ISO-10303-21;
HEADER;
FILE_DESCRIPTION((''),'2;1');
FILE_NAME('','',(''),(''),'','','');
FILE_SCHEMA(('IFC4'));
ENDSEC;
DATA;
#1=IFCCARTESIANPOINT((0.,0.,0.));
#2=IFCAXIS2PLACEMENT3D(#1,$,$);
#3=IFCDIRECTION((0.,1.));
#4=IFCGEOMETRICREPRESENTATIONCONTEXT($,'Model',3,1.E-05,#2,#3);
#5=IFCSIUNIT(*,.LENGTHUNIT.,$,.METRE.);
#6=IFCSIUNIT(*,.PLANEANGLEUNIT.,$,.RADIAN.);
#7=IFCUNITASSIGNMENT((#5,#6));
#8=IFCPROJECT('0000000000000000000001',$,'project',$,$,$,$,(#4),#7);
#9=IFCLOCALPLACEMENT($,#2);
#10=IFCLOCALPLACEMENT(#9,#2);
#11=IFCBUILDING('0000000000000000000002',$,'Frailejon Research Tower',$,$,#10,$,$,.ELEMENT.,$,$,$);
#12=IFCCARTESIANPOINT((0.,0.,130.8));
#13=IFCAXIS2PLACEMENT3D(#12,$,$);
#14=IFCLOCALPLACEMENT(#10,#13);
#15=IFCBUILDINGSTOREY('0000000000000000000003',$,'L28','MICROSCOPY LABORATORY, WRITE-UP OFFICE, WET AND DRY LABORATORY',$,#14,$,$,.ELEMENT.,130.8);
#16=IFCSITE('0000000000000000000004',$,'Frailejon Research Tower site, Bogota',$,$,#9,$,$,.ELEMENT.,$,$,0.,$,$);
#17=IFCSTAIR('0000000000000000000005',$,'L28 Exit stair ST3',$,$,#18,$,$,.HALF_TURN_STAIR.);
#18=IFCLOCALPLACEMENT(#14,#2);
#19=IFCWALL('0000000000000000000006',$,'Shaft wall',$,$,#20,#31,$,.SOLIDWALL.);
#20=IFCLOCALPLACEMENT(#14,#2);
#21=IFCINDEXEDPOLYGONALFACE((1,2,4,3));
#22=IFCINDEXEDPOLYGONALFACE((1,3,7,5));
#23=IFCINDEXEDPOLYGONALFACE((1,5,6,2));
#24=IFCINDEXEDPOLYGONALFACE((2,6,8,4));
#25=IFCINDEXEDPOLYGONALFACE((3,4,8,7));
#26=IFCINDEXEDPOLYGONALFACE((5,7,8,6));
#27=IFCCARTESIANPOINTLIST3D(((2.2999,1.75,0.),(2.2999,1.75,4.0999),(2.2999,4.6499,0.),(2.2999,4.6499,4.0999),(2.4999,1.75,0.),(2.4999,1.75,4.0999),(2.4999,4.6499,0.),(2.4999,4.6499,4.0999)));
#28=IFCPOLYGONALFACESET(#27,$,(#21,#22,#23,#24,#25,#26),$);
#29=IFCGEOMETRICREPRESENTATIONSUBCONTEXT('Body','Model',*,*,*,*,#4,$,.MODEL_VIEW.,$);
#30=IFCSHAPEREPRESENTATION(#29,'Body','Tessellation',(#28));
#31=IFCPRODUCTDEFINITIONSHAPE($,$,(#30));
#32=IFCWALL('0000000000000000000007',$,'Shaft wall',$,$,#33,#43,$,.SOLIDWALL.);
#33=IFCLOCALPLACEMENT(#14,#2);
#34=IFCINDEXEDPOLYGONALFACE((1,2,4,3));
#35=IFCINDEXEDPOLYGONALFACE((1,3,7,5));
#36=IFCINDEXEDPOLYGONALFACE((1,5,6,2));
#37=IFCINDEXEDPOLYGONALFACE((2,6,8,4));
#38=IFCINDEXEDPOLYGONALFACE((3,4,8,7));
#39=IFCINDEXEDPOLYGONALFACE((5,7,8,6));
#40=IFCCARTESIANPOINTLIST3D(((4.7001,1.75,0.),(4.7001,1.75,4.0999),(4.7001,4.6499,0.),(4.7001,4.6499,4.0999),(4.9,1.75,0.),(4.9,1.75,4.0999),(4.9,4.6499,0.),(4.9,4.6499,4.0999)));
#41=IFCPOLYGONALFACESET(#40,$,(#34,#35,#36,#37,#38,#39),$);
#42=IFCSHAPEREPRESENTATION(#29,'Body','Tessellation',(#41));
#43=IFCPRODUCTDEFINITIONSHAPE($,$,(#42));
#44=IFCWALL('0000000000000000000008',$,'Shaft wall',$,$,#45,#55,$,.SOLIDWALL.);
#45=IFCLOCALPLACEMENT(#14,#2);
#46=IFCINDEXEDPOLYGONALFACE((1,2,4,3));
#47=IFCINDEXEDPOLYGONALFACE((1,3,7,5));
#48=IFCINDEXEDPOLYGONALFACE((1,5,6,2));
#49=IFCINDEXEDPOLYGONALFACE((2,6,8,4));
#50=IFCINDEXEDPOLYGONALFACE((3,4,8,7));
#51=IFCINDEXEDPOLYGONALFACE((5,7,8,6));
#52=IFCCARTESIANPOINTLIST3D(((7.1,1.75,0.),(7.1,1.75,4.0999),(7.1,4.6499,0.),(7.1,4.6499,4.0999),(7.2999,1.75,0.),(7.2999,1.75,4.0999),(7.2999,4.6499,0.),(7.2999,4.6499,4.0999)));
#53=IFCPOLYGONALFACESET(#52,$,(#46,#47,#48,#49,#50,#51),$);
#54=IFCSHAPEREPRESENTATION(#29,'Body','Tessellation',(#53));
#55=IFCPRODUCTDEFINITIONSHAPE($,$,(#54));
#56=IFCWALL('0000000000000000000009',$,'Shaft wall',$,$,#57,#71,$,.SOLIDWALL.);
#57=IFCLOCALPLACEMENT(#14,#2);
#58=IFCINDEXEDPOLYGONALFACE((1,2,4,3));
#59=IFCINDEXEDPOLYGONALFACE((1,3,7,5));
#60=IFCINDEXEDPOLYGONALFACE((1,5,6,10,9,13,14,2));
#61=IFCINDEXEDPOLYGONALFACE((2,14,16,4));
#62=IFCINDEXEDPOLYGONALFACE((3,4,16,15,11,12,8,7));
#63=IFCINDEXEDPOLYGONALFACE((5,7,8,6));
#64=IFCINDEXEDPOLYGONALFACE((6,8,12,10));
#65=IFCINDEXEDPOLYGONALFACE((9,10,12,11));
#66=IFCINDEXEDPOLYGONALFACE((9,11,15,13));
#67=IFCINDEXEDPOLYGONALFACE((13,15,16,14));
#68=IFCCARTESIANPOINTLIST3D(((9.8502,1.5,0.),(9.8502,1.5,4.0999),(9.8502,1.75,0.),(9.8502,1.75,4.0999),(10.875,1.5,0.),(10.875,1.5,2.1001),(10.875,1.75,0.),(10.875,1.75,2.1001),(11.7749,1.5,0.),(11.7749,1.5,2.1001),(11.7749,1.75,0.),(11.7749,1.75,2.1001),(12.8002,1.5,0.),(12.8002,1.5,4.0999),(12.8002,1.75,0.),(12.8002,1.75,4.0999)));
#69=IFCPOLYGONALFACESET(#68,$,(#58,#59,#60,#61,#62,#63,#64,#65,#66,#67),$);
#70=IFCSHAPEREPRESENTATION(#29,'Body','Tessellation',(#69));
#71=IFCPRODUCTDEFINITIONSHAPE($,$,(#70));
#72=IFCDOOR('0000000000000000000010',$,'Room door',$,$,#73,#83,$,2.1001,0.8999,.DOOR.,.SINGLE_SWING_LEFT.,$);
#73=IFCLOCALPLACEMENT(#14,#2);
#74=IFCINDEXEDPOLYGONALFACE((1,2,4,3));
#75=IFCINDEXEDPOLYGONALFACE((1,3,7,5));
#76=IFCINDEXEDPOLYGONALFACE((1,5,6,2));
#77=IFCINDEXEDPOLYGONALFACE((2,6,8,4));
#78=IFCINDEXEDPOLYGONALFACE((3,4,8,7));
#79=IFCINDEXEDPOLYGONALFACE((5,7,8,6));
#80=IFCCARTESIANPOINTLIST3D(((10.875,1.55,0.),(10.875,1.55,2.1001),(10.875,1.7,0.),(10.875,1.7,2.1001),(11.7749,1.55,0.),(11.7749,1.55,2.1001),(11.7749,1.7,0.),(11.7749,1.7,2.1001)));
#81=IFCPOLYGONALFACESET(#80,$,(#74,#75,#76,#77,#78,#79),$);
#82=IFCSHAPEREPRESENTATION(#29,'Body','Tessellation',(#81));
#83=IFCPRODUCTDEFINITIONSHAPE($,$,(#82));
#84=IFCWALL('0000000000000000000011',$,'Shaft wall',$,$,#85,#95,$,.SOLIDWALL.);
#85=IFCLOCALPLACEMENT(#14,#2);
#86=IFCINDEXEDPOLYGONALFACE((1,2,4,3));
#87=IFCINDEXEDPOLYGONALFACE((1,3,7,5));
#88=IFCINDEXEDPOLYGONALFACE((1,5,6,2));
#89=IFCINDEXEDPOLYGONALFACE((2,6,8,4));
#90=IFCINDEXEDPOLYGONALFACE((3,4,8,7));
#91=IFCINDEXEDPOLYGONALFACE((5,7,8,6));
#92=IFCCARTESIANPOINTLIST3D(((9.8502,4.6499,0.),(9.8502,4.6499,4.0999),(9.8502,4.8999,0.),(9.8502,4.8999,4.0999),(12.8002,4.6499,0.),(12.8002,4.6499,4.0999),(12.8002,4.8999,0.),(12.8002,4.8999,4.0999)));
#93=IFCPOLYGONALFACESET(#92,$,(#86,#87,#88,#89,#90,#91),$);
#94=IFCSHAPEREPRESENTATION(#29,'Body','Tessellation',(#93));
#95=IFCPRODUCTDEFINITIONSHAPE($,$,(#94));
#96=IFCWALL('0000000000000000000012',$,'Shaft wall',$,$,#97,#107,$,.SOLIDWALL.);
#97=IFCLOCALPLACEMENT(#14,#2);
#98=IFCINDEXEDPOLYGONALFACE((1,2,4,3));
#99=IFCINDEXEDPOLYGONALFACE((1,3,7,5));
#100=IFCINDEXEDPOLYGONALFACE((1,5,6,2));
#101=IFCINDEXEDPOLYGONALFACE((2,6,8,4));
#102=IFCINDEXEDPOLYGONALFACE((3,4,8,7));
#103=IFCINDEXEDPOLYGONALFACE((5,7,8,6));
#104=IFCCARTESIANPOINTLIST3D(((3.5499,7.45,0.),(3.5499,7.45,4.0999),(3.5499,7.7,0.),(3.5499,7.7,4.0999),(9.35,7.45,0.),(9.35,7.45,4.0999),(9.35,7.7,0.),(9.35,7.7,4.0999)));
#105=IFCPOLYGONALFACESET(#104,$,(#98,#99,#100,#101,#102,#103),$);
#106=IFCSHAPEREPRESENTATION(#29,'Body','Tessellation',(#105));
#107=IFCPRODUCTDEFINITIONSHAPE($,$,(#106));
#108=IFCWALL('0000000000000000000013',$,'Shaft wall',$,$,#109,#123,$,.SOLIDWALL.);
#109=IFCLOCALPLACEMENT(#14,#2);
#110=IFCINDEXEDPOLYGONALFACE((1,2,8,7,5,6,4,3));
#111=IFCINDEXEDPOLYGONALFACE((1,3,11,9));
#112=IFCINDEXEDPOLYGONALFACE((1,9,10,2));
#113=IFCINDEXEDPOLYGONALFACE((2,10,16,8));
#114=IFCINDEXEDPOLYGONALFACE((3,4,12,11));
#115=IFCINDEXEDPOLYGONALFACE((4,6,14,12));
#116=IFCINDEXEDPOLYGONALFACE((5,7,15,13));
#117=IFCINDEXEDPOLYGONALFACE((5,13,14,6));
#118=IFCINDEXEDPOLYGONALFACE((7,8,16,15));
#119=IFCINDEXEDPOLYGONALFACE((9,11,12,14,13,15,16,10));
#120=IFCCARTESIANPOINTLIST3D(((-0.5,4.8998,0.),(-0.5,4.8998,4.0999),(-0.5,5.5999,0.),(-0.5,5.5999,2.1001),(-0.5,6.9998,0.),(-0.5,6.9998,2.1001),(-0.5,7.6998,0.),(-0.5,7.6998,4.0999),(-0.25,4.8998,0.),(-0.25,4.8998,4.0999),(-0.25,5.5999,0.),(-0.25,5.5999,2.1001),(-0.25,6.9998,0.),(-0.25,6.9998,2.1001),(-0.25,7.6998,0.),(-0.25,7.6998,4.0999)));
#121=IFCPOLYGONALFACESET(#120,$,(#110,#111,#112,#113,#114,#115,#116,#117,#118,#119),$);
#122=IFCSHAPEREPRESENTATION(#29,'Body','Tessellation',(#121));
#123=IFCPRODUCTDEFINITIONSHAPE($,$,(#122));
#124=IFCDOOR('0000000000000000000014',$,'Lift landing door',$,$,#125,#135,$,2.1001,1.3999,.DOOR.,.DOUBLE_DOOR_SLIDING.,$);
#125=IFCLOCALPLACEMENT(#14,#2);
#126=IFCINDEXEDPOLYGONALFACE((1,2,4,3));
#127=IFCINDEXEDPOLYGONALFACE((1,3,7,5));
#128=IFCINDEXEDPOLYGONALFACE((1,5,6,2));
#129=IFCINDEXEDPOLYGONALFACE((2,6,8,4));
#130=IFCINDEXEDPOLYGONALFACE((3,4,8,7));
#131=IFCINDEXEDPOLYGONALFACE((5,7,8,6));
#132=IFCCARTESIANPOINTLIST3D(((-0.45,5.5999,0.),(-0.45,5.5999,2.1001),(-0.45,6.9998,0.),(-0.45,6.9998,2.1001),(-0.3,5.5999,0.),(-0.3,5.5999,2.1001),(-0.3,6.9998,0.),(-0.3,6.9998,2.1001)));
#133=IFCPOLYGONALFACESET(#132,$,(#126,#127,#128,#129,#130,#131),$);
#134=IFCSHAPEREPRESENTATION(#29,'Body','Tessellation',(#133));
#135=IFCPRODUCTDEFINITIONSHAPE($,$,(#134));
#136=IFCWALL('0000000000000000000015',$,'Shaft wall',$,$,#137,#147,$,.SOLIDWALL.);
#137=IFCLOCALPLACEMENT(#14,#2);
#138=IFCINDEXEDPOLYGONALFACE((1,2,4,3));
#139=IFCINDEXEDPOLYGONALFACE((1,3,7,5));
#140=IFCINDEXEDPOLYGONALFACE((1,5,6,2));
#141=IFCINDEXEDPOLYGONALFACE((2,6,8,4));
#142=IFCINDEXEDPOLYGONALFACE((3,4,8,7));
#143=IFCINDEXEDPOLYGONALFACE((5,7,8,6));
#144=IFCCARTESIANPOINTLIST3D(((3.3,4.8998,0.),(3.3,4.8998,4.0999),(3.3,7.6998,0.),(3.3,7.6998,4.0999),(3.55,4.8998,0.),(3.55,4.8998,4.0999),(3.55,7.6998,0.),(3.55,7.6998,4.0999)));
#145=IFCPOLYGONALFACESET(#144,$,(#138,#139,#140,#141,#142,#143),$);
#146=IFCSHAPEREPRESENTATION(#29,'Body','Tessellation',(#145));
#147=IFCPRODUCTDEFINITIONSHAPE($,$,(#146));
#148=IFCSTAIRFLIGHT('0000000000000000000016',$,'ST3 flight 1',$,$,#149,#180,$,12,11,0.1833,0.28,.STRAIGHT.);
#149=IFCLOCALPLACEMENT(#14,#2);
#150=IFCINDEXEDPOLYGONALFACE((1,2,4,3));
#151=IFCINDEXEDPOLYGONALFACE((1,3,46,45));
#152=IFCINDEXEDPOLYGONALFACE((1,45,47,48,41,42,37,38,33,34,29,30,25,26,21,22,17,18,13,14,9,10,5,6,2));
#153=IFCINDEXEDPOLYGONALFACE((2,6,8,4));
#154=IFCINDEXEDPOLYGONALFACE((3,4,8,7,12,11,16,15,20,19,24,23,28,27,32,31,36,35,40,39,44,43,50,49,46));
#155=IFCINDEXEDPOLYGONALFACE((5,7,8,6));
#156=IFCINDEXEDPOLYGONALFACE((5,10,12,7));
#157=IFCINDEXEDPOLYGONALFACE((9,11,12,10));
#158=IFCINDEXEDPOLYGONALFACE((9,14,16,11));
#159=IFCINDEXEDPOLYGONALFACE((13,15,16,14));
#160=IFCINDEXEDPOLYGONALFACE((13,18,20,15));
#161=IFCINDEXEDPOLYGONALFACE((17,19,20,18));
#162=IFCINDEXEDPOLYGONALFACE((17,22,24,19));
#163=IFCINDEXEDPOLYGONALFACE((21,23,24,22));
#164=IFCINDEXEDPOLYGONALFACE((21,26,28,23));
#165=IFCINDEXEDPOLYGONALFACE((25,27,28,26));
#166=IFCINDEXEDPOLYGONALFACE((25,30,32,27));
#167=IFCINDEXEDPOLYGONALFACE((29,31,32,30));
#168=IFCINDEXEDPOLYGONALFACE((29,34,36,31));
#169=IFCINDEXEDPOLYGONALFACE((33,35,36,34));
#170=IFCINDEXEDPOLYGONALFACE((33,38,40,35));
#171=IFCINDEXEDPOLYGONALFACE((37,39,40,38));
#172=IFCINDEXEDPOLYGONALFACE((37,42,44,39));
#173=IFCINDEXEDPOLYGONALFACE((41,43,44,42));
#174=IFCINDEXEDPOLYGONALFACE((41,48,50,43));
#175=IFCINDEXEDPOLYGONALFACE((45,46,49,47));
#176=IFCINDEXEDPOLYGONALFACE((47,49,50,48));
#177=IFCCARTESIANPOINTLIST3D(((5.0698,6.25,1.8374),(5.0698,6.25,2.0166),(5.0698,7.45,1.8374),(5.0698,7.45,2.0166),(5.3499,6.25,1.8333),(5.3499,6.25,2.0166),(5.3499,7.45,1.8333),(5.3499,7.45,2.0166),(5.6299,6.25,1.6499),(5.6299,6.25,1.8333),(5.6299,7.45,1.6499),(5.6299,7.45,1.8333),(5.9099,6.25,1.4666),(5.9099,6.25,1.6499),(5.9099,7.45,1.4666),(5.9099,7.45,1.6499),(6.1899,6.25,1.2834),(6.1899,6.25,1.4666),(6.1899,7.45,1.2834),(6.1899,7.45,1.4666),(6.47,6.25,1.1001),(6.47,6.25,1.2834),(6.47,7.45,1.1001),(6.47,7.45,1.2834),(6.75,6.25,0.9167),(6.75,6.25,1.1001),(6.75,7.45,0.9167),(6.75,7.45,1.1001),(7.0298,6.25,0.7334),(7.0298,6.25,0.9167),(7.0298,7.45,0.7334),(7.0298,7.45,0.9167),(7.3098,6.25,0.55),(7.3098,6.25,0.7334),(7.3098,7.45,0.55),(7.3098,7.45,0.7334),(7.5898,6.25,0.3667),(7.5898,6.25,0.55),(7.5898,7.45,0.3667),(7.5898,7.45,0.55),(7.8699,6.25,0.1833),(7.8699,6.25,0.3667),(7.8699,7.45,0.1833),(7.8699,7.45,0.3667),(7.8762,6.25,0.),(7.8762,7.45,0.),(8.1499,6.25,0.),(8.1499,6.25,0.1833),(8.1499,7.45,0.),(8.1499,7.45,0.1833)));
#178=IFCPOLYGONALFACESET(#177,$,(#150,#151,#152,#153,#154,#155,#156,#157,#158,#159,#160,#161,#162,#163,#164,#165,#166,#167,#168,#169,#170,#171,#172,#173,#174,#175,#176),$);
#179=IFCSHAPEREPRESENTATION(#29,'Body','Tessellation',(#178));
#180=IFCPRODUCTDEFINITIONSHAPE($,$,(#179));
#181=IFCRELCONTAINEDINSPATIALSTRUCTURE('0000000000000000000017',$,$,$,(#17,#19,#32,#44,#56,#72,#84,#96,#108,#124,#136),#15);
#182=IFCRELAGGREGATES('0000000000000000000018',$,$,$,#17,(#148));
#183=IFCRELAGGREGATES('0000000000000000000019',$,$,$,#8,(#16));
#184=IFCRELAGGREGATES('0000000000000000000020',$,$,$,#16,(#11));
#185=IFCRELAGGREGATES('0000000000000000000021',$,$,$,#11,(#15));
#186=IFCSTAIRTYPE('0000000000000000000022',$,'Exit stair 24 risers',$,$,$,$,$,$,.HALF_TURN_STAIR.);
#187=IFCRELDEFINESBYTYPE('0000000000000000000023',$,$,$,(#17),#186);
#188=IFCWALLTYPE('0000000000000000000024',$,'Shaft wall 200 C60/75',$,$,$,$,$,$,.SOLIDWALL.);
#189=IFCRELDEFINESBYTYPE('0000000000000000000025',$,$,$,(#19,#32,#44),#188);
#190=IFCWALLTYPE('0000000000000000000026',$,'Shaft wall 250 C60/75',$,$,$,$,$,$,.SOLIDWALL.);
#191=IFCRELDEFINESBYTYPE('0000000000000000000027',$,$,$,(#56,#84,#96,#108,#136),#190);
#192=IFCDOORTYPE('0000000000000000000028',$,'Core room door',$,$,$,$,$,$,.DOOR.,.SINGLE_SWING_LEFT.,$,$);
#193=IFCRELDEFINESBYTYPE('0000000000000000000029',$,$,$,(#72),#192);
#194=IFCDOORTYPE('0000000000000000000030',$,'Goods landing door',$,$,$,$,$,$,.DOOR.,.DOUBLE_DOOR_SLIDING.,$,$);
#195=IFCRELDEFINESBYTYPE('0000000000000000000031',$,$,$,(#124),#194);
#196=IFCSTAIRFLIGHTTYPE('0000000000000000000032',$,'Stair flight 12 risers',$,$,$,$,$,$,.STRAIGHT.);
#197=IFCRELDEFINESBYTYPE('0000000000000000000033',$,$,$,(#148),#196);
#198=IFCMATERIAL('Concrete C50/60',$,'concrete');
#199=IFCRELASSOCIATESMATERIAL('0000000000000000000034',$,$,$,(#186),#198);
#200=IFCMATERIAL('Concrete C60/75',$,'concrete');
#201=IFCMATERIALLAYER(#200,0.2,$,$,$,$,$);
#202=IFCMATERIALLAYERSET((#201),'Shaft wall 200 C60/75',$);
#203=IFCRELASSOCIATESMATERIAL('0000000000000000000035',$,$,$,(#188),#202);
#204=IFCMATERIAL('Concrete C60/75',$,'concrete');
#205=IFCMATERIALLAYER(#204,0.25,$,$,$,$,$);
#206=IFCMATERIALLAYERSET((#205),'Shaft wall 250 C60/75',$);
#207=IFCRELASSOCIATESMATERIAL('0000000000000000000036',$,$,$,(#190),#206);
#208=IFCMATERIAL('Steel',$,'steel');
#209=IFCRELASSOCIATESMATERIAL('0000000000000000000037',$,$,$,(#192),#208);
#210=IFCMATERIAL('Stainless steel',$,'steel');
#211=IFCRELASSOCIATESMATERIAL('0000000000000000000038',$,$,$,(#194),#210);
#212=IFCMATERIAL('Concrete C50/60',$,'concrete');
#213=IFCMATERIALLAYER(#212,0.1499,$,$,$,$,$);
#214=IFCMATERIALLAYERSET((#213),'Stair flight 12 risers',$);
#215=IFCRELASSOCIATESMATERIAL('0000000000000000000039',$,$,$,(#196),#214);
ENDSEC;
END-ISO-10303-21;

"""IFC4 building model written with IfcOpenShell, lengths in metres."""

from ifc_helpers import new_model, si_unit, direction, frame, frame_2d, origin, place, context, subcontext, project, spatial, polyline, rectangle, outline, extrude, material, layer, layer_set, type_object, element, fill, aggregate, save


model = new_model("IFC4")

# Units and contexts
model_context = context("Model", 3, precision=1e-05, world=origin(), true_north=direction((0.0, 1.0)))
body_context = subcontext(model_context, "Body", "Model", "MODEL_VIEW")
ifc_project = project(units=[si_unit("LENGTHUNIT", "METRE"), si_unit("PLANEANGLEUNIT", "RADIAN")], contexts=[model_context])

# Site, building, storey
site_placement = place(None, origin())
site = spatial("IfcSite", under=ifc_project, at=site_placement, Name="Frailejon Research Tower site, Bogota", CompositionType="ELEMENT", RefElevation=0.0)
building_placement = place(site_placement, origin())
building = spatial("IfcBuilding", under=site, at=building_placement, Name="Frailejon Research Tower", CompositionType="ELEMENT")
storey_placement = place(building_placement, frame((0.0, 0.0, 130.8)))
storey = spatial("IfcBuildingStorey", under=building, at=storey_placement, Name="L28", Description="MICROSCOPY LABORATORY, WRITE-UP OFFICE, WET AND DRY LABORATORY", CompositionType="ELEMENT", Elevation=130.8)

# Stair
ifc_material_1 = material(Name="Concrete C50/60", Category="concrete")
stair_type = type_object("IfcStairType", Name="Exit stair 24 risers", PredefinedType="HALF_TURN_STAIR", material=ifc_material_1)
stair_placement = place(storey_placement, origin())
stair = element("IfcStair", 1, at=stair_placement, inside=storey, type_object=stair_type, Name="L28 Exit stair ST3", PredefinedType="HALF_TURN_STAIR")

# Walls
ifc_material_2 = material(Name="Concrete C60/75", Category="concrete")
ifc_layer_1 = layer(ifc_material_2, 0.2)
ifc_layer_set_1 = layer_set([ifc_layer_1], Name="Shaft wall 200 C60/75")
wall_type_1 = type_object("IfcWallType", Name="Shaft wall 200 C60/75", PredefinedType="SOLIDWALL", material=ifc_layer_set_1)
for number, where, z_axis, x_axis, name in (
    (2, (2.3999, 1.75, 0.0), (0.0, 0.0, 1.0), (0.0, 1.0, 0.0), "Shaft wall"),
    (3, (4.8, 1.75, 0.0), (0.0, 0.0, 1.0), (0.0, 1.0, 0.0), "Shaft wall"),
    (4, (7.2, 1.75, 0.0), (0.0, 0.0, 1.0), (0.0, 1.0, 0.0), "Shaft wall"),
):
    element("IfcWall", number, at=place(storey_placement, frame(where, z_axis=z_axis, x_axis=x_axis)), inside=storey, type_object=wall_type_1, Name=name, PredefinedType="SOLIDWALL", context=body_context, shape_type="SweptSolid", body=[
        extrude(rectangle(XDim=2.8999, YDim=0.2, at=frame_2d((1.45, 0.0))), origin(), (0.0, 0.0, 1.0), 4.0999),
    ])

# Wall, opening, door
ifc_material_3 = material(Name="Concrete C60/75", Category="concrete")
ifc_layer_2 = layer(ifc_material_3, 0.25)
ifc_layer_set_2 = layer_set([ifc_layer_2], Name="Shaft wall 250 C60/75")
wall_type_2 = type_object("IfcWallType", Name="Shaft wall 250 C60/75", PredefinedType="SOLIDWALL", material=ifc_layer_set_2)
wall_1_placement = place(storey_placement, frame((9.8501, 1.625, 0.0), z_axis=(0.0, 0.0, 1.0), x_axis=(1.0, 0.0, 0.0)))
wall_1 = element("IfcWall", 5, at=wall_1_placement, inside=storey, type_object=wall_type_2, Name="Shaft wall", PredefinedType="SOLIDWALL", context=body_context, shape_type="SweptSolid", body=[
    extrude(rectangle(XDim=2.95, YDim=0.25, at=frame_2d((1.4751, 0.0))), origin(), (0.0, 0.0, 1.0), 4.0999),
])
opening_1_placement = place(wall_1_placement, frame((1.0249, 0.0, 0.0)))
opening_1 = element("IfcOpeningElement", 6, at=opening_1_placement, cuts=wall_1, PredefinedType="OPENING", context=body_context, shape_type="SweptSolid", body=[
    extrude(rectangle(XDim=0.8999, YDim=2.1001, at=frame_2d((0.45, 1.05))), frame((0.0, 0.135, 0.0), z_axis=(0.0, -1.0, 0.0), x_axis=(1.0, 0.0, 0.0)), (0.0, 0.0, 1.0), 0.27),
])
ifc_material_4 = material(Name="Steel", Category="steel")
door_type_1 = type_object("IfcDoorType", Name="Core room door", OperationType="SINGLE_SWING_LEFT", PredefinedType="DOOR", material=ifc_material_4)
door_1_placement = place(opening_1_placement, origin())
door_1 = element("IfcDoor", 7, at=door_1_placement, inside=storey, type_object=door_type_1, Name="Room door", OperationType="SINGLE_SWING_LEFT", OverallHeight=2.1001, OverallWidth=0.8999, PredefinedType="DOOR", context=body_context, shape_type="SweptSolid", body=[
    extrude(rectangle(XDim=0.8999, YDim=2.1001, at=frame_2d((0.45, 1.05))), frame((0.0, 0.075, 0.0), z_axis=(0.0, -1.0, 0.0), x_axis=(1.0, 0.0, 0.0)), (0.0, 0.0, 1.0), 0.1499),
])
fill(opening_1, door_1)

# Walls
wall_2_placement = place(storey_placement, frame((9.8501, 4.7749, 0.0), z_axis=(0.0, 0.0, 1.0), x_axis=(1.0, 0.0, 0.0)))
element("IfcWall", 8, at=wall_2_placement, inside=storey, type_object=wall_type_2, Name="Shaft wall", PredefinedType="SOLIDWALL", context=body_context, shape_type="SweptSolid", body=[
    extrude(rectangle(XDim=2.95, YDim=0.25, at=frame_2d((1.4751, 0.0))), origin(), (0.0, 0.0, 1.0), 4.0999),
])
wall_3_placement = place(storey_placement, frame((3.55, 7.575, 0.0), z_axis=(0.0, 0.0, 1.0), x_axis=(1.0, 0.0, 0.0)))
element("IfcWall", 9, at=wall_3_placement, inside=storey, type_object=wall_type_2, Name="Shaft wall", PredefinedType="SOLIDWALL", context=body_context, shape_type="SweptSolid", body=[
    extrude(rectangle(XDim=5.8, YDim=0.25, at=frame_2d((2.8999, 0.0))), origin(), (0.0, 0.0, 1.0), 4.0999),
])

# Wall, opening, door
wall_4_placement = place(storey_placement, frame((-0.375, 4.8999, 0.0), z_axis=(0.0, 0.0, 1.0), x_axis=(0.0, 1.0, 0.0)))
wall_4 = element("IfcWall", 10, at=wall_4_placement, inside=storey, type_object=wall_type_2, Name="Shaft wall", PredefinedType="SOLIDWALL", context=body_context, shape_type="SweptSolid", body=[
    extrude(rectangle(XDim=2.8, YDim=0.25, at=frame_2d((1.3999, 0.0))), origin(), (0.0, 0.0, 1.0), 4.0999),
])
opening_2_placement = place(wall_4_placement, frame((0.7, 0.0, 0.0)))
opening_2 = element("IfcOpeningElement", 11, at=opening_2_placement, cuts=wall_4, PredefinedType="OPENING", context=body_context, shape_type="SweptSolid", body=[
    extrude(rectangle(XDim=1.3999, YDim=2.1001, at=frame_2d((0.7, 1.05))), frame((0.0, 0.135, 0.0), z_axis=(0.0, -1.0, 0.0), x_axis=(1.0, 0.0, 0.0)), (0.0, 0.0, 1.0), 0.27),
])
ifc_material_5 = material(Name="Stainless steel", Category="steel")
door_type_2 = type_object("IfcDoorType", Name="Goods landing door", OperationType="DOUBLE_DOOR_SLIDING", PredefinedType="DOOR", material=ifc_material_5)
door_2_placement = place(opening_2_placement, origin())
door_2 = element("IfcDoor", 12, at=door_2_placement, inside=storey, type_object=door_type_2, Name="Lift landing door", OperationType="DOUBLE_DOOR_SLIDING", OverallHeight=2.1001, OverallWidth=1.3999, PredefinedType="DOOR", context=body_context, shape_type="SweptSolid", body=[
    extrude(rectangle(XDim=1.3999, YDim=2.1001, at=frame_2d((0.7, 1.05))), frame((0.0, 0.075, 0.0), z_axis=(0.0, -1.0, 0.0), x_axis=(1.0, 0.0, 0.0)), (0.0, 0.0, 1.0), 0.1499),
])
fill(opening_2, door_2)

# Wall
wall_5_placement = place(storey_placement, frame((3.425, 4.8999, 0.0), z_axis=(0.0, 0.0, 1.0), x_axis=(0.0, 1.0, 0.0)))
element("IfcWall", 13, at=wall_5_placement, inside=storey, type_object=wall_type_2, Name="Shaft wall", PredefinedType="SOLIDWALL", context=body_context, shape_type="SweptSolid", body=[
    extrude(rectangle(XDim=2.8, YDim=0.25, at=frame_2d((1.3999, 0.0))), origin(), (0.0, 0.0, 1.0), 4.0999),
])

# Stair flight
ifc_material_6 = material(Name="Concrete C50/60", Category="concrete")
ifc_layer_3 = layer(ifc_material_6, 0.1499)
ifc_layer_set_3 = layer_set([ifc_layer_3], Name="Stair flight 12 risers")
stair_flight_type = type_object("IfcStairFlightType", Name="Stair flight 12 risers", PredefinedType="STRAIGHT", material=ifc_layer_set_3)
stair_flight_1_placement = place(storey_placement, frame((8.1499, 6.8501, 0.0), z_axis=(0.0, 0.0, 1.0), x_axis=(-1.0, 0.0, 0.0)))
stair_flight_1 = element("IfcStairFlight", 14, at=stair_flight_1_placement, type_object=stair_flight_type, Name="ST3 flight 1", NumberOfRisers=12, NumberOfTreads=11, PredefinedType="STRAIGHT", RiserHeight=0.1833, TreadLength=0.28, context=body_context, shape_type="SweptSolid", body=[
    extrude(outline(polyline([(0.0, 0.0), (0.0, 0.1833), (0.28, 0.1833), (0.28, 0.3667), (0.5601, 0.3667), (0.5601, 0.55), (0.8401, 0.55), (0.8401, 0.7334), (1.1201, 0.7334), (1.1201, 0.9167), (1.3999, 0.9167), (1.3999, 1.1001), (1.6799, 1.1001), (1.6799, 1.2834), (1.96, 1.2834), (1.96, 1.4666), (2.24, 1.4666), (2.24, 1.6499), (2.52, 1.6499), (2.52, 1.8333), (2.8, 1.8333), (2.8, 2.0166), (3.0801, 2.0166), (3.0801, 2.2), (3.0801, 1.8374), (0.2737, 0.0), (0.0, 0.0)])), frame((0.0, 0.6001, 0.0), z_axis=(0.0, -1.0, 0.0), x_axis=(1.0, 0.0, 0.0)), (0.0, 0.0, 1.0), 1.2),
])
aggregate(stair, [stair_flight_1])

save(model, "model.ifc")
